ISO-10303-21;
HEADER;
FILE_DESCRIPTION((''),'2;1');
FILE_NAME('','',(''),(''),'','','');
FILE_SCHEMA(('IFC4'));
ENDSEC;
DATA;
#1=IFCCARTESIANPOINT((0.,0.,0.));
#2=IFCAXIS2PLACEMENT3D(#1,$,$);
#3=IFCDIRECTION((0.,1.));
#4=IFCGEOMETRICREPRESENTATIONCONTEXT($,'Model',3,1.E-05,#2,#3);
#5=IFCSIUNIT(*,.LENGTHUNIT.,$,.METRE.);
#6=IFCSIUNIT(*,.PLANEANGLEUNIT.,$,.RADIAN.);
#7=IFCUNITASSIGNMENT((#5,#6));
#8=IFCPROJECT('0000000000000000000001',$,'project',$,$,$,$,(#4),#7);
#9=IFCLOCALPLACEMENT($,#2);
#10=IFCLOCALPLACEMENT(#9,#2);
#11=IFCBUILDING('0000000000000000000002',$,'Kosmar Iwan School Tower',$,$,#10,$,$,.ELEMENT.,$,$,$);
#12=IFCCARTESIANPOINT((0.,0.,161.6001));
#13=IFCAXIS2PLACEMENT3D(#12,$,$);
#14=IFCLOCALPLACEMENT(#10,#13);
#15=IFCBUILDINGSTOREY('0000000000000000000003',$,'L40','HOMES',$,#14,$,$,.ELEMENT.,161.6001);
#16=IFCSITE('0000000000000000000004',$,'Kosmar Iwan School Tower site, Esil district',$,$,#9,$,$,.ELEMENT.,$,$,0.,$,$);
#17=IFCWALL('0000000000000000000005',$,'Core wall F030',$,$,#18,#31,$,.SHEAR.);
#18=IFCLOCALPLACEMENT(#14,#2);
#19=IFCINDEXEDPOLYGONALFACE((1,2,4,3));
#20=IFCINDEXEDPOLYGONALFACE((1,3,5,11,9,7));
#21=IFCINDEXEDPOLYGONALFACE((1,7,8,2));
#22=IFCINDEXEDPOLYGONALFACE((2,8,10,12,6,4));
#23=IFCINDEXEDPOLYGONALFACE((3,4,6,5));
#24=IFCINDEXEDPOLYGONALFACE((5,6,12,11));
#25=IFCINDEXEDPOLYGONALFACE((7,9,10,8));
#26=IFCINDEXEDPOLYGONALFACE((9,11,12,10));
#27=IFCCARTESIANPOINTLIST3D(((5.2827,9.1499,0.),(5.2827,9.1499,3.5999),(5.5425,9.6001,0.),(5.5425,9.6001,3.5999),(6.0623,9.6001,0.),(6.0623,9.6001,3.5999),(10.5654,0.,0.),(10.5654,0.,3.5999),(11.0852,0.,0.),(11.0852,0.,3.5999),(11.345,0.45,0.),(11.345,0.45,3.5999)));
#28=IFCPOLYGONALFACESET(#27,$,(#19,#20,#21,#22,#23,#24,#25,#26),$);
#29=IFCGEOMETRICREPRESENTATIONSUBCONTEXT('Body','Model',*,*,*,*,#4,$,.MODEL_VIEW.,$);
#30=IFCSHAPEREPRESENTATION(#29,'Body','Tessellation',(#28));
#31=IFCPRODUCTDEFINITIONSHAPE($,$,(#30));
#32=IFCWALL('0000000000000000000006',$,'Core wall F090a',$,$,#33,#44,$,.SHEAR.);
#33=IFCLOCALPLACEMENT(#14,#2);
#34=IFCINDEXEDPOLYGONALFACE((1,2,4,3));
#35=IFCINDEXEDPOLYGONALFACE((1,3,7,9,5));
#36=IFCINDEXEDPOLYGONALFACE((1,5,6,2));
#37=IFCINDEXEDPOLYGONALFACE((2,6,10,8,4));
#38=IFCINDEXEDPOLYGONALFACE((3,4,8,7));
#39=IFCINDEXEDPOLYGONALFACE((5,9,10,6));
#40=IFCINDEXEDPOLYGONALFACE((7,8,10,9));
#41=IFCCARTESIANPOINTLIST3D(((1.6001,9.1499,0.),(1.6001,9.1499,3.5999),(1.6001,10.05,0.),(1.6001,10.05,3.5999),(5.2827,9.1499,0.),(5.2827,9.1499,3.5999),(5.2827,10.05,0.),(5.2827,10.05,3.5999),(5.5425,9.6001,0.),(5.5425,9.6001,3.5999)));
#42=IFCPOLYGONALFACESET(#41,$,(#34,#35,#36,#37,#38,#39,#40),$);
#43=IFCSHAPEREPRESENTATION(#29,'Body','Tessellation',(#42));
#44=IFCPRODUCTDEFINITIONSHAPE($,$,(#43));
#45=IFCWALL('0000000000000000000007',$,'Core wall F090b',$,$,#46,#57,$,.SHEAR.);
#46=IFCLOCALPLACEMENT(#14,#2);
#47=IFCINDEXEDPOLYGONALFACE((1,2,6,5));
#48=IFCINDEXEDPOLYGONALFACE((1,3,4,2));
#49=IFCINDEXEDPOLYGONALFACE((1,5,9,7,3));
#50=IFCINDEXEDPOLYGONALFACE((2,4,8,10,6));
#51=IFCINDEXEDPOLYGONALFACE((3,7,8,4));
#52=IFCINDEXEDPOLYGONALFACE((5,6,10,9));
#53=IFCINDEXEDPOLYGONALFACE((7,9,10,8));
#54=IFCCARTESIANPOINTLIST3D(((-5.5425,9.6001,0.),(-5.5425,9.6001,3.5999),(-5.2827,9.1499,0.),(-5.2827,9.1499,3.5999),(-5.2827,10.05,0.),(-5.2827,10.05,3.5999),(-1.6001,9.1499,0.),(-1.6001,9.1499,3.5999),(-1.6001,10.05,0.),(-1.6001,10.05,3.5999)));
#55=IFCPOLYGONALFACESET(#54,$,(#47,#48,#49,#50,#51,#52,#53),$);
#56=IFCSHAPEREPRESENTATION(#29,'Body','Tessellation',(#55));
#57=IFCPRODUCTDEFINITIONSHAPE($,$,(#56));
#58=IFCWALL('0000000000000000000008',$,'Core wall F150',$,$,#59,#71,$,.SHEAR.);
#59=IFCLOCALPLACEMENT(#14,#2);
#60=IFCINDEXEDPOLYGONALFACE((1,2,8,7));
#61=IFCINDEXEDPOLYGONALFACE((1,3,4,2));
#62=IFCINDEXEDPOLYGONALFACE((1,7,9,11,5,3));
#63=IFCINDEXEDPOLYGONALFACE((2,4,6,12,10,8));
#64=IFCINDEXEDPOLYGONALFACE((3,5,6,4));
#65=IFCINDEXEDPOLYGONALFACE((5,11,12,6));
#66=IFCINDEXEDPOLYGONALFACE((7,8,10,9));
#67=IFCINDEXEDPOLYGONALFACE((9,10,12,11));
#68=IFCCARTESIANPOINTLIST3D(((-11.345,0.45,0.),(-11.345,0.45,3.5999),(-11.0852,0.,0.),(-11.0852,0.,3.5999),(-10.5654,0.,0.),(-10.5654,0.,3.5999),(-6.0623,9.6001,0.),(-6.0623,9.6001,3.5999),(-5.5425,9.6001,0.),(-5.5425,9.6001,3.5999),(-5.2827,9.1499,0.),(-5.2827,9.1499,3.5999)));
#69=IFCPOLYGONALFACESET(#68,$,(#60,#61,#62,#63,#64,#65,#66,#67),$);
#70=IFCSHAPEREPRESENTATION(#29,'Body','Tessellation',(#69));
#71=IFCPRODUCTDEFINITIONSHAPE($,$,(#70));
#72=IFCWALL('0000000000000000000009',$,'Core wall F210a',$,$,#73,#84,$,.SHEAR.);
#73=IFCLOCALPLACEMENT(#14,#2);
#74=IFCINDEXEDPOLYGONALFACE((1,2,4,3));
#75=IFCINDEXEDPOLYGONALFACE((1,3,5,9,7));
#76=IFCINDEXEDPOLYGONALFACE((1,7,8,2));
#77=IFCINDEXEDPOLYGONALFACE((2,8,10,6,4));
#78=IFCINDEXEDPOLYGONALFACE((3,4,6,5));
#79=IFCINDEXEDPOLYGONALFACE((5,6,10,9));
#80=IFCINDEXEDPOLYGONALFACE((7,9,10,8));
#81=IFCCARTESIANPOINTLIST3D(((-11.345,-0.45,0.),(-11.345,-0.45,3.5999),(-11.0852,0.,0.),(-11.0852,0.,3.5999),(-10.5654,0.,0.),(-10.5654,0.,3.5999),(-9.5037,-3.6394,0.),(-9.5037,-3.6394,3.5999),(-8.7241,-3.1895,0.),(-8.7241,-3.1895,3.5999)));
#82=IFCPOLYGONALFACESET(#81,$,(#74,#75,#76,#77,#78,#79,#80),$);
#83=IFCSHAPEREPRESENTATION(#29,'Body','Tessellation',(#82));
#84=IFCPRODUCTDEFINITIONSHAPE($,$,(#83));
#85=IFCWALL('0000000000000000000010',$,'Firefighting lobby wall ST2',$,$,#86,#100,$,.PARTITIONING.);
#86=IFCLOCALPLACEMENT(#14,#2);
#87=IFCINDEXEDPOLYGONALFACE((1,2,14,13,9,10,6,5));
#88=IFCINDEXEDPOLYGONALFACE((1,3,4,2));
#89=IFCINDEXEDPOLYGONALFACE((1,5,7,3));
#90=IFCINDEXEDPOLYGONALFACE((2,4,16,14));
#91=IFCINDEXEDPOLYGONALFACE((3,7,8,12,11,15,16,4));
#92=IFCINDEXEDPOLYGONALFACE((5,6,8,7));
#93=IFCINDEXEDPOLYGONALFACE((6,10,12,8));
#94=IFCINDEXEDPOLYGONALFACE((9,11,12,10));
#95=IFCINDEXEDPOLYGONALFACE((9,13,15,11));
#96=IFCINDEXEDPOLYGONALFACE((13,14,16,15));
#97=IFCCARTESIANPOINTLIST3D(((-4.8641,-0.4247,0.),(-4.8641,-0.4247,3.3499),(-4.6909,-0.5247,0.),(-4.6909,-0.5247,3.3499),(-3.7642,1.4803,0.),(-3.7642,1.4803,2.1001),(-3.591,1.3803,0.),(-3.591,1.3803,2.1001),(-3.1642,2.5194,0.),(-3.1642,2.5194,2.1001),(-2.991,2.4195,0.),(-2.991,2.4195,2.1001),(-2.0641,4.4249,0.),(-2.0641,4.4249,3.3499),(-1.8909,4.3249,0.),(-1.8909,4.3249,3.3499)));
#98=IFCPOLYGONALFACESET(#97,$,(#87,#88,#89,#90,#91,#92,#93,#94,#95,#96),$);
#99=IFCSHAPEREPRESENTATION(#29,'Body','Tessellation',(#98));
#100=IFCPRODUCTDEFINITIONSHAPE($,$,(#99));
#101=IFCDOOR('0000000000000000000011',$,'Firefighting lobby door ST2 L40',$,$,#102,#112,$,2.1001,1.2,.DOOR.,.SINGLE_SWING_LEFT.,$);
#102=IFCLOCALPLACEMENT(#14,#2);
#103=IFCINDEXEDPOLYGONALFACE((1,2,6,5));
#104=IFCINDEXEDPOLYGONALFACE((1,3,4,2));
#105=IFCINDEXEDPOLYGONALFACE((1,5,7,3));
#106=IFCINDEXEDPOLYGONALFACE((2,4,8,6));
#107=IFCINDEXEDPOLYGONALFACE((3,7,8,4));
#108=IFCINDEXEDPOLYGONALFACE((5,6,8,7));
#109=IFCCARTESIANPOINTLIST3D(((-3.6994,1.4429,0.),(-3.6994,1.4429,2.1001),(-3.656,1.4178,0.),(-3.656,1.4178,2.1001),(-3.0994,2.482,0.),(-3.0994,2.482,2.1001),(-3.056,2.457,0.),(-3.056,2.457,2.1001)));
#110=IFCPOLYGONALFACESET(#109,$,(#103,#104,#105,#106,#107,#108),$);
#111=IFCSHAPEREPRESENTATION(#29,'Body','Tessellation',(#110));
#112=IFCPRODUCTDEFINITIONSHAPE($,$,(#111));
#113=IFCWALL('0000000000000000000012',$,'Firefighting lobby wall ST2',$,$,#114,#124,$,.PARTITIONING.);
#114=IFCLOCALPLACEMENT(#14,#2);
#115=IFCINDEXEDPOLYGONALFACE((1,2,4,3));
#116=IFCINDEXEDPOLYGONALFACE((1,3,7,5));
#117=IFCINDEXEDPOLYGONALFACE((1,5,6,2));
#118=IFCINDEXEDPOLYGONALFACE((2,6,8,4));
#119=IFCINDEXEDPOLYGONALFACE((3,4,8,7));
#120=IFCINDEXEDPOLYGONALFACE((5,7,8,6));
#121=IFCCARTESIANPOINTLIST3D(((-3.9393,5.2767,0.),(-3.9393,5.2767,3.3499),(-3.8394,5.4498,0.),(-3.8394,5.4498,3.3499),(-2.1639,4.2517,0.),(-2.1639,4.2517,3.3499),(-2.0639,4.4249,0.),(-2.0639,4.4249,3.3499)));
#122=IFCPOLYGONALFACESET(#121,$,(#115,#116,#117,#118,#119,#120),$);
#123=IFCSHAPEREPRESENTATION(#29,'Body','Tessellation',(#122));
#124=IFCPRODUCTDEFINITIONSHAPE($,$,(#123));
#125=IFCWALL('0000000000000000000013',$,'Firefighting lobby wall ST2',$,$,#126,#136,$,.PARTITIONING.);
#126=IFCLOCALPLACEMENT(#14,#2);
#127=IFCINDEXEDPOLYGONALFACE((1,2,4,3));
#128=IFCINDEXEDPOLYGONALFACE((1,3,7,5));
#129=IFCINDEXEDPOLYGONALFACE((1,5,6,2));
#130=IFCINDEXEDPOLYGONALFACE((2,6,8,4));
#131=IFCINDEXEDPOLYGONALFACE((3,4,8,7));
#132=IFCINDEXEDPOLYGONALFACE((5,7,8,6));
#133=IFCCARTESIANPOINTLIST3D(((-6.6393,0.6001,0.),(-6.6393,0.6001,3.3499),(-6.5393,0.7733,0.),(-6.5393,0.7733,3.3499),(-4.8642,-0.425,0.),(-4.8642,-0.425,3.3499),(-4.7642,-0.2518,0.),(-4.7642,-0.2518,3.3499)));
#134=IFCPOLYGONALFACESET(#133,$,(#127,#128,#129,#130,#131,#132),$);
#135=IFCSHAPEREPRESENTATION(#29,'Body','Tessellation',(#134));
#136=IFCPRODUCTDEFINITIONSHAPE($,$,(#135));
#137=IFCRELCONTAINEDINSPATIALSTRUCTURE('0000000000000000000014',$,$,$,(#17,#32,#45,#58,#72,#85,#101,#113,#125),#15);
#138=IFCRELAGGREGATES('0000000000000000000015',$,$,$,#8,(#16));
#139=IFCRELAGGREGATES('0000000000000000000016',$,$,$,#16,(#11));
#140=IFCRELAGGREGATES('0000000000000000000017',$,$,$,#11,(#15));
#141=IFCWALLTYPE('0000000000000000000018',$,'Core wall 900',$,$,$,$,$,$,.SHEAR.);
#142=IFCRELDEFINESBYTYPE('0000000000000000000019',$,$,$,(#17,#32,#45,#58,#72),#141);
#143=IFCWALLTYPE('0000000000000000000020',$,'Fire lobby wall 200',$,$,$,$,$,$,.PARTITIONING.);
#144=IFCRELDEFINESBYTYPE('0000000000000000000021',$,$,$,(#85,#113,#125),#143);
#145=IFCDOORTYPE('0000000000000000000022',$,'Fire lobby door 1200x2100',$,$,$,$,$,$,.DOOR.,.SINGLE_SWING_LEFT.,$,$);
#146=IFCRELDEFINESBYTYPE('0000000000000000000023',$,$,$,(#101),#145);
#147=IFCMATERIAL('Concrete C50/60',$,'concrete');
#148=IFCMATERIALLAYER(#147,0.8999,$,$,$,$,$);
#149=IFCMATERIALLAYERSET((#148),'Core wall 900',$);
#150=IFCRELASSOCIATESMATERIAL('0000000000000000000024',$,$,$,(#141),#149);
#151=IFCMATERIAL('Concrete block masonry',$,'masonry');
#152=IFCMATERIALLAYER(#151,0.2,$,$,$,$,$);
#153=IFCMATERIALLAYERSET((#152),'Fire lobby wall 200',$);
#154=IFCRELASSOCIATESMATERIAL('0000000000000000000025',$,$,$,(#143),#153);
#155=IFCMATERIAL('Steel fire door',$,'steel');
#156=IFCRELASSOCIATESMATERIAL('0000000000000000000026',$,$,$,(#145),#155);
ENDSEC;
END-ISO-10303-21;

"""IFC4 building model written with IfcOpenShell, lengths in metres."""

from ifc_helpers import new_model, si_unit, direction, frame, frame_2d, origin, place, context, subcontext, project, spatial, polyline, rectangle, outline, extrude, material, layer, layer_set, type_object, element, fill, save


model = new_model("IFC4")

# Units and contexts
model_context = context("Model", 3, precision=1e-05, world=origin(), true_north=direction((0.0, 1.0)))
body_context = subcontext(model_context, "Body", "Model", "MODEL_VIEW")
ifc_project = project(units=[si_unit("LENGTHUNIT", "METRE"), si_unit("PLANEANGLEUNIT", "RADIAN")], contexts=[model_context])

# Site, building, storey
site_placement = place(None, origin())
site = spatial("IfcSite", under=ifc_project, at=site_placement, Name="Kosmar Iwan School Tower site, Esil district", CompositionType="ELEMENT", RefElevation=0.0)
building_placement = place(site_placement, origin())
building = spatial("IfcBuilding", under=site, at=building_placement, Name="Kosmar Iwan School Tower", CompositionType="ELEMENT")
storey_placement = place(building_placement, frame((0.0, 0.0, 161.6001)))
storey = spatial("IfcBuildingStorey", under=building, at=storey_placement, Name="L40", Description="HOMES", CompositionType="ELEMENT", Elevation=161.6001)

# Walls
ifc_material_1 = material(Name="Concrete C50/60", Category="concrete")
ifc_layer_1 = layer(ifc_material_1, 0.8999)
ifc_layer_set_1 = layer_set([ifc_layer_1], Name="Core wall 900")
wall_type_1 = type_object("IfcWallType", Name="Core wall 900", PredefinedType="SHEAR", material=ifc_layer_set_1)
wall_1_placement = place(storey_placement, origin())
element("IfcWall", 1, at=wall_1_placement, inside=storey, type_object=wall_type_1, Name="Core wall F030", PredefinedType="SHEAR", context=body_context, shape_type="SweptSolid", body=[
    extrude(outline(polyline([(10.5654, 0.0), (11.0852, 0.0), (11.345, 0.45), (6.0623, 9.6001), (5.5425, 9.6001), (5.2827, 9.1499), (10.5654, 0.0)])), origin(), (0.0, 0.0, 1.0), 3.5999),
])
wall_2_placement = place(storey_placement, origin())
element("IfcWall", 2, at=wall_2_placement, inside=storey, type_object=wall_type_1, Name="Core wall F090a", PredefinedType="SHEAR", context=body_context, shape_type="SweptSolid", body=[
    extrude(outline(polyline([(1.6001, 9.1499), (5.2827, 9.1499), (5.5425, 9.6001), (5.2827, 10.05), (1.6001, 10.05), (1.6001, 9.1499)])), origin(), (0.0, 0.0, 1.0), 3.5999),
])
wall_3_placement = place(storey_placement, origin())
element("IfcWall", 3, at=wall_3_placement, inside=storey, type_object=wall_type_1, Name="Core wall F090b", PredefinedType="SHEAR", context=body_context, shape_type="SweptSolid", body=[
    extrude(outline(polyline([(-5.2827, 9.1499), (-1.6001, 9.1499), (-1.6001, 10.05), (-5.2827, 10.05), (-5.5425, 9.6001), (-5.2827, 9.1499)])), origin(), (0.0, 0.0, 1.0), 3.5999),
])
wall_4_placement = place(storey_placement, origin())
element("IfcWall", 4, at=wall_4_placement, inside=storey, type_object=wall_type_1, Name="Core wall F150", PredefinedType="SHEAR", context=body_context, shape_type="SweptSolid", body=[
    extrude(outline(polyline([(-11.0852, 0.0), (-10.5654, 0.0), (-5.2827, 9.1499), (-5.5425, 9.6001), (-6.0623, 9.6001), (-11.345, 0.45), (-11.0852, 0.0)])), origin(), (0.0, 0.0, 1.0), 3.5999),
])
wall_5_placement = place(storey_placement, origin())
element("IfcWall", 5, at=wall_5_placement, inside=storey, type_object=wall_type_1, Name="Core wall F210a", PredefinedType="SHEAR", context=body_context, shape_type="SweptSolid", body=[
    extrude(outline(polyline([(-9.5037, -3.6394), (-8.7241, -3.1895), (-10.5654, 0.0), (-11.0852, 0.0), (-11.345, -0.45), (-9.5037, -3.6394)])), origin(), (0.0, 0.0, 1.0), 3.5999),
])

# Wall, opening, door
ifc_material_2 = material(Name="Concrete block masonry", Category="masonry")
ifc_layer_2 = layer(ifc_material_2, 0.2)
ifc_layer_set_2 = layer_set([ifc_layer_2], Name="Fire lobby wall 200")
wall_type_2 = type_object("IfcWallType", Name="Fire lobby wall 200", PredefinedType="PARTITIONING", material=ifc_layer_set_2)
wall_6_placement = place(storey_placement, frame((-1.9775, 4.3748, 0.0), z_axis=(0.0, 0.0, 1.0), x_axis=(-0.500017, -0.866016, 0.0)))
wall_6 = element("IfcWall", 6, at=wall_6_placement, inside=storey, type_object=wall_type_2, Name="Firefighting lobby wall ST2", PredefinedType="PARTITIONING", context=body_context, shape_type="SweptSolid", body=[
    extrude(rectangle(XDim=5.5999, YDim=0.2, at=frame_2d((2.7998, 0.0))), origin(), (0.0, 0.0, 1.0), 3.3499),
])
opening_1_placement = place(wall_6_placement, frame((2.2, 0.0, 0.0)))
opening_1 = element("IfcOpeningElement", 7, at=opening_1_placement, cuts=wall_6, PredefinedType="OPENING", context=body_context, shape_type="SweptSolid", body=[
    extrude(rectangle(XDim=1.2, YDim=2.1001, at=frame_2d((0.6001, 1.05))), frame((0.0, 0.1121, 0.0), z_axis=(0.0, -1.0, 0.0), x_axis=(1.0, 0.0, 0.0)), (0.0, 0.0, 1.0), 0.2239),
])
ifc_material_3 = material(Name="Steel fire door", Category="steel")
door_type_1 = type_object("IfcDoorType", Name="Fire lobby door 1200x2100", OperationType="SINGLE_SWING_LEFT", PredefinedType="DOOR", material=ifc_material_3)
door_1_placement = place(opening_1_placement, origin())
door_1 = element("IfcDoor", 8, at=door_1_placement, inside=storey, type_object=door_type_1, Name="Firefighting lobby door ST2 L40", OperationType="SINGLE_SWING_LEFT", OverallHeight=2.1001, OverallWidth=1.2, PredefinedType="DOOR", context=body_context, shape_type="SweptSolid", body=[
    extrude(rectangle(XDim=1.2, YDim=2.1001, at=frame_2d((0.6001, 1.05))), frame((0.0, 0.0249, 0.0), z_axis=(0.0, -1.0, 0.0), x_axis=(1.0, 0.0, 0.0)), (0.0, 0.0, 1.0), 0.05),
])
fill(opening_1, door_1)

# Walls
wall_7_placement = place(storey_placement, frame((-2.114, 4.3384, 0.0), z_axis=(0.0, 0.0, 1.0), x_axis=(-0.866051, 0.499956, 0.0)))
element("IfcWall", 9, at=wall_7_placement, inside=storey, type_object=wall_type_2, Name="Firefighting lobby wall ST2", PredefinedType="PARTITIONING", context=body_context, shape_type="SweptSolid", body=[
    extrude(rectangle(XDim=2.05, YDim=0.2, at=frame_2d((1.0249, 0.0))), origin(), (0.0, 0.0, 1.0), 3.3499),
])
wall_8_placement = place(storey_placement, frame((-4.8142, -0.3384, 0.0), z_axis=(0.0, 0.0, 1.0), x_axis=(-0.865969, 0.500097, 0.0)))
element("IfcWall", 10, at=wall_8_placement, inside=storey, type_object=wall_type_2, Name="Firefighting lobby wall ST2", PredefinedType="PARTITIONING", context=body_context, shape_type="SweptSolid", body=[
    extrude(rectangle(XDim=2.0498, YDim=0.2, at=frame_2d((1.0249, 0.0))), origin(), (0.0, 0.0, 1.0), 3.3499),
])

save(model, "model.ifc")
